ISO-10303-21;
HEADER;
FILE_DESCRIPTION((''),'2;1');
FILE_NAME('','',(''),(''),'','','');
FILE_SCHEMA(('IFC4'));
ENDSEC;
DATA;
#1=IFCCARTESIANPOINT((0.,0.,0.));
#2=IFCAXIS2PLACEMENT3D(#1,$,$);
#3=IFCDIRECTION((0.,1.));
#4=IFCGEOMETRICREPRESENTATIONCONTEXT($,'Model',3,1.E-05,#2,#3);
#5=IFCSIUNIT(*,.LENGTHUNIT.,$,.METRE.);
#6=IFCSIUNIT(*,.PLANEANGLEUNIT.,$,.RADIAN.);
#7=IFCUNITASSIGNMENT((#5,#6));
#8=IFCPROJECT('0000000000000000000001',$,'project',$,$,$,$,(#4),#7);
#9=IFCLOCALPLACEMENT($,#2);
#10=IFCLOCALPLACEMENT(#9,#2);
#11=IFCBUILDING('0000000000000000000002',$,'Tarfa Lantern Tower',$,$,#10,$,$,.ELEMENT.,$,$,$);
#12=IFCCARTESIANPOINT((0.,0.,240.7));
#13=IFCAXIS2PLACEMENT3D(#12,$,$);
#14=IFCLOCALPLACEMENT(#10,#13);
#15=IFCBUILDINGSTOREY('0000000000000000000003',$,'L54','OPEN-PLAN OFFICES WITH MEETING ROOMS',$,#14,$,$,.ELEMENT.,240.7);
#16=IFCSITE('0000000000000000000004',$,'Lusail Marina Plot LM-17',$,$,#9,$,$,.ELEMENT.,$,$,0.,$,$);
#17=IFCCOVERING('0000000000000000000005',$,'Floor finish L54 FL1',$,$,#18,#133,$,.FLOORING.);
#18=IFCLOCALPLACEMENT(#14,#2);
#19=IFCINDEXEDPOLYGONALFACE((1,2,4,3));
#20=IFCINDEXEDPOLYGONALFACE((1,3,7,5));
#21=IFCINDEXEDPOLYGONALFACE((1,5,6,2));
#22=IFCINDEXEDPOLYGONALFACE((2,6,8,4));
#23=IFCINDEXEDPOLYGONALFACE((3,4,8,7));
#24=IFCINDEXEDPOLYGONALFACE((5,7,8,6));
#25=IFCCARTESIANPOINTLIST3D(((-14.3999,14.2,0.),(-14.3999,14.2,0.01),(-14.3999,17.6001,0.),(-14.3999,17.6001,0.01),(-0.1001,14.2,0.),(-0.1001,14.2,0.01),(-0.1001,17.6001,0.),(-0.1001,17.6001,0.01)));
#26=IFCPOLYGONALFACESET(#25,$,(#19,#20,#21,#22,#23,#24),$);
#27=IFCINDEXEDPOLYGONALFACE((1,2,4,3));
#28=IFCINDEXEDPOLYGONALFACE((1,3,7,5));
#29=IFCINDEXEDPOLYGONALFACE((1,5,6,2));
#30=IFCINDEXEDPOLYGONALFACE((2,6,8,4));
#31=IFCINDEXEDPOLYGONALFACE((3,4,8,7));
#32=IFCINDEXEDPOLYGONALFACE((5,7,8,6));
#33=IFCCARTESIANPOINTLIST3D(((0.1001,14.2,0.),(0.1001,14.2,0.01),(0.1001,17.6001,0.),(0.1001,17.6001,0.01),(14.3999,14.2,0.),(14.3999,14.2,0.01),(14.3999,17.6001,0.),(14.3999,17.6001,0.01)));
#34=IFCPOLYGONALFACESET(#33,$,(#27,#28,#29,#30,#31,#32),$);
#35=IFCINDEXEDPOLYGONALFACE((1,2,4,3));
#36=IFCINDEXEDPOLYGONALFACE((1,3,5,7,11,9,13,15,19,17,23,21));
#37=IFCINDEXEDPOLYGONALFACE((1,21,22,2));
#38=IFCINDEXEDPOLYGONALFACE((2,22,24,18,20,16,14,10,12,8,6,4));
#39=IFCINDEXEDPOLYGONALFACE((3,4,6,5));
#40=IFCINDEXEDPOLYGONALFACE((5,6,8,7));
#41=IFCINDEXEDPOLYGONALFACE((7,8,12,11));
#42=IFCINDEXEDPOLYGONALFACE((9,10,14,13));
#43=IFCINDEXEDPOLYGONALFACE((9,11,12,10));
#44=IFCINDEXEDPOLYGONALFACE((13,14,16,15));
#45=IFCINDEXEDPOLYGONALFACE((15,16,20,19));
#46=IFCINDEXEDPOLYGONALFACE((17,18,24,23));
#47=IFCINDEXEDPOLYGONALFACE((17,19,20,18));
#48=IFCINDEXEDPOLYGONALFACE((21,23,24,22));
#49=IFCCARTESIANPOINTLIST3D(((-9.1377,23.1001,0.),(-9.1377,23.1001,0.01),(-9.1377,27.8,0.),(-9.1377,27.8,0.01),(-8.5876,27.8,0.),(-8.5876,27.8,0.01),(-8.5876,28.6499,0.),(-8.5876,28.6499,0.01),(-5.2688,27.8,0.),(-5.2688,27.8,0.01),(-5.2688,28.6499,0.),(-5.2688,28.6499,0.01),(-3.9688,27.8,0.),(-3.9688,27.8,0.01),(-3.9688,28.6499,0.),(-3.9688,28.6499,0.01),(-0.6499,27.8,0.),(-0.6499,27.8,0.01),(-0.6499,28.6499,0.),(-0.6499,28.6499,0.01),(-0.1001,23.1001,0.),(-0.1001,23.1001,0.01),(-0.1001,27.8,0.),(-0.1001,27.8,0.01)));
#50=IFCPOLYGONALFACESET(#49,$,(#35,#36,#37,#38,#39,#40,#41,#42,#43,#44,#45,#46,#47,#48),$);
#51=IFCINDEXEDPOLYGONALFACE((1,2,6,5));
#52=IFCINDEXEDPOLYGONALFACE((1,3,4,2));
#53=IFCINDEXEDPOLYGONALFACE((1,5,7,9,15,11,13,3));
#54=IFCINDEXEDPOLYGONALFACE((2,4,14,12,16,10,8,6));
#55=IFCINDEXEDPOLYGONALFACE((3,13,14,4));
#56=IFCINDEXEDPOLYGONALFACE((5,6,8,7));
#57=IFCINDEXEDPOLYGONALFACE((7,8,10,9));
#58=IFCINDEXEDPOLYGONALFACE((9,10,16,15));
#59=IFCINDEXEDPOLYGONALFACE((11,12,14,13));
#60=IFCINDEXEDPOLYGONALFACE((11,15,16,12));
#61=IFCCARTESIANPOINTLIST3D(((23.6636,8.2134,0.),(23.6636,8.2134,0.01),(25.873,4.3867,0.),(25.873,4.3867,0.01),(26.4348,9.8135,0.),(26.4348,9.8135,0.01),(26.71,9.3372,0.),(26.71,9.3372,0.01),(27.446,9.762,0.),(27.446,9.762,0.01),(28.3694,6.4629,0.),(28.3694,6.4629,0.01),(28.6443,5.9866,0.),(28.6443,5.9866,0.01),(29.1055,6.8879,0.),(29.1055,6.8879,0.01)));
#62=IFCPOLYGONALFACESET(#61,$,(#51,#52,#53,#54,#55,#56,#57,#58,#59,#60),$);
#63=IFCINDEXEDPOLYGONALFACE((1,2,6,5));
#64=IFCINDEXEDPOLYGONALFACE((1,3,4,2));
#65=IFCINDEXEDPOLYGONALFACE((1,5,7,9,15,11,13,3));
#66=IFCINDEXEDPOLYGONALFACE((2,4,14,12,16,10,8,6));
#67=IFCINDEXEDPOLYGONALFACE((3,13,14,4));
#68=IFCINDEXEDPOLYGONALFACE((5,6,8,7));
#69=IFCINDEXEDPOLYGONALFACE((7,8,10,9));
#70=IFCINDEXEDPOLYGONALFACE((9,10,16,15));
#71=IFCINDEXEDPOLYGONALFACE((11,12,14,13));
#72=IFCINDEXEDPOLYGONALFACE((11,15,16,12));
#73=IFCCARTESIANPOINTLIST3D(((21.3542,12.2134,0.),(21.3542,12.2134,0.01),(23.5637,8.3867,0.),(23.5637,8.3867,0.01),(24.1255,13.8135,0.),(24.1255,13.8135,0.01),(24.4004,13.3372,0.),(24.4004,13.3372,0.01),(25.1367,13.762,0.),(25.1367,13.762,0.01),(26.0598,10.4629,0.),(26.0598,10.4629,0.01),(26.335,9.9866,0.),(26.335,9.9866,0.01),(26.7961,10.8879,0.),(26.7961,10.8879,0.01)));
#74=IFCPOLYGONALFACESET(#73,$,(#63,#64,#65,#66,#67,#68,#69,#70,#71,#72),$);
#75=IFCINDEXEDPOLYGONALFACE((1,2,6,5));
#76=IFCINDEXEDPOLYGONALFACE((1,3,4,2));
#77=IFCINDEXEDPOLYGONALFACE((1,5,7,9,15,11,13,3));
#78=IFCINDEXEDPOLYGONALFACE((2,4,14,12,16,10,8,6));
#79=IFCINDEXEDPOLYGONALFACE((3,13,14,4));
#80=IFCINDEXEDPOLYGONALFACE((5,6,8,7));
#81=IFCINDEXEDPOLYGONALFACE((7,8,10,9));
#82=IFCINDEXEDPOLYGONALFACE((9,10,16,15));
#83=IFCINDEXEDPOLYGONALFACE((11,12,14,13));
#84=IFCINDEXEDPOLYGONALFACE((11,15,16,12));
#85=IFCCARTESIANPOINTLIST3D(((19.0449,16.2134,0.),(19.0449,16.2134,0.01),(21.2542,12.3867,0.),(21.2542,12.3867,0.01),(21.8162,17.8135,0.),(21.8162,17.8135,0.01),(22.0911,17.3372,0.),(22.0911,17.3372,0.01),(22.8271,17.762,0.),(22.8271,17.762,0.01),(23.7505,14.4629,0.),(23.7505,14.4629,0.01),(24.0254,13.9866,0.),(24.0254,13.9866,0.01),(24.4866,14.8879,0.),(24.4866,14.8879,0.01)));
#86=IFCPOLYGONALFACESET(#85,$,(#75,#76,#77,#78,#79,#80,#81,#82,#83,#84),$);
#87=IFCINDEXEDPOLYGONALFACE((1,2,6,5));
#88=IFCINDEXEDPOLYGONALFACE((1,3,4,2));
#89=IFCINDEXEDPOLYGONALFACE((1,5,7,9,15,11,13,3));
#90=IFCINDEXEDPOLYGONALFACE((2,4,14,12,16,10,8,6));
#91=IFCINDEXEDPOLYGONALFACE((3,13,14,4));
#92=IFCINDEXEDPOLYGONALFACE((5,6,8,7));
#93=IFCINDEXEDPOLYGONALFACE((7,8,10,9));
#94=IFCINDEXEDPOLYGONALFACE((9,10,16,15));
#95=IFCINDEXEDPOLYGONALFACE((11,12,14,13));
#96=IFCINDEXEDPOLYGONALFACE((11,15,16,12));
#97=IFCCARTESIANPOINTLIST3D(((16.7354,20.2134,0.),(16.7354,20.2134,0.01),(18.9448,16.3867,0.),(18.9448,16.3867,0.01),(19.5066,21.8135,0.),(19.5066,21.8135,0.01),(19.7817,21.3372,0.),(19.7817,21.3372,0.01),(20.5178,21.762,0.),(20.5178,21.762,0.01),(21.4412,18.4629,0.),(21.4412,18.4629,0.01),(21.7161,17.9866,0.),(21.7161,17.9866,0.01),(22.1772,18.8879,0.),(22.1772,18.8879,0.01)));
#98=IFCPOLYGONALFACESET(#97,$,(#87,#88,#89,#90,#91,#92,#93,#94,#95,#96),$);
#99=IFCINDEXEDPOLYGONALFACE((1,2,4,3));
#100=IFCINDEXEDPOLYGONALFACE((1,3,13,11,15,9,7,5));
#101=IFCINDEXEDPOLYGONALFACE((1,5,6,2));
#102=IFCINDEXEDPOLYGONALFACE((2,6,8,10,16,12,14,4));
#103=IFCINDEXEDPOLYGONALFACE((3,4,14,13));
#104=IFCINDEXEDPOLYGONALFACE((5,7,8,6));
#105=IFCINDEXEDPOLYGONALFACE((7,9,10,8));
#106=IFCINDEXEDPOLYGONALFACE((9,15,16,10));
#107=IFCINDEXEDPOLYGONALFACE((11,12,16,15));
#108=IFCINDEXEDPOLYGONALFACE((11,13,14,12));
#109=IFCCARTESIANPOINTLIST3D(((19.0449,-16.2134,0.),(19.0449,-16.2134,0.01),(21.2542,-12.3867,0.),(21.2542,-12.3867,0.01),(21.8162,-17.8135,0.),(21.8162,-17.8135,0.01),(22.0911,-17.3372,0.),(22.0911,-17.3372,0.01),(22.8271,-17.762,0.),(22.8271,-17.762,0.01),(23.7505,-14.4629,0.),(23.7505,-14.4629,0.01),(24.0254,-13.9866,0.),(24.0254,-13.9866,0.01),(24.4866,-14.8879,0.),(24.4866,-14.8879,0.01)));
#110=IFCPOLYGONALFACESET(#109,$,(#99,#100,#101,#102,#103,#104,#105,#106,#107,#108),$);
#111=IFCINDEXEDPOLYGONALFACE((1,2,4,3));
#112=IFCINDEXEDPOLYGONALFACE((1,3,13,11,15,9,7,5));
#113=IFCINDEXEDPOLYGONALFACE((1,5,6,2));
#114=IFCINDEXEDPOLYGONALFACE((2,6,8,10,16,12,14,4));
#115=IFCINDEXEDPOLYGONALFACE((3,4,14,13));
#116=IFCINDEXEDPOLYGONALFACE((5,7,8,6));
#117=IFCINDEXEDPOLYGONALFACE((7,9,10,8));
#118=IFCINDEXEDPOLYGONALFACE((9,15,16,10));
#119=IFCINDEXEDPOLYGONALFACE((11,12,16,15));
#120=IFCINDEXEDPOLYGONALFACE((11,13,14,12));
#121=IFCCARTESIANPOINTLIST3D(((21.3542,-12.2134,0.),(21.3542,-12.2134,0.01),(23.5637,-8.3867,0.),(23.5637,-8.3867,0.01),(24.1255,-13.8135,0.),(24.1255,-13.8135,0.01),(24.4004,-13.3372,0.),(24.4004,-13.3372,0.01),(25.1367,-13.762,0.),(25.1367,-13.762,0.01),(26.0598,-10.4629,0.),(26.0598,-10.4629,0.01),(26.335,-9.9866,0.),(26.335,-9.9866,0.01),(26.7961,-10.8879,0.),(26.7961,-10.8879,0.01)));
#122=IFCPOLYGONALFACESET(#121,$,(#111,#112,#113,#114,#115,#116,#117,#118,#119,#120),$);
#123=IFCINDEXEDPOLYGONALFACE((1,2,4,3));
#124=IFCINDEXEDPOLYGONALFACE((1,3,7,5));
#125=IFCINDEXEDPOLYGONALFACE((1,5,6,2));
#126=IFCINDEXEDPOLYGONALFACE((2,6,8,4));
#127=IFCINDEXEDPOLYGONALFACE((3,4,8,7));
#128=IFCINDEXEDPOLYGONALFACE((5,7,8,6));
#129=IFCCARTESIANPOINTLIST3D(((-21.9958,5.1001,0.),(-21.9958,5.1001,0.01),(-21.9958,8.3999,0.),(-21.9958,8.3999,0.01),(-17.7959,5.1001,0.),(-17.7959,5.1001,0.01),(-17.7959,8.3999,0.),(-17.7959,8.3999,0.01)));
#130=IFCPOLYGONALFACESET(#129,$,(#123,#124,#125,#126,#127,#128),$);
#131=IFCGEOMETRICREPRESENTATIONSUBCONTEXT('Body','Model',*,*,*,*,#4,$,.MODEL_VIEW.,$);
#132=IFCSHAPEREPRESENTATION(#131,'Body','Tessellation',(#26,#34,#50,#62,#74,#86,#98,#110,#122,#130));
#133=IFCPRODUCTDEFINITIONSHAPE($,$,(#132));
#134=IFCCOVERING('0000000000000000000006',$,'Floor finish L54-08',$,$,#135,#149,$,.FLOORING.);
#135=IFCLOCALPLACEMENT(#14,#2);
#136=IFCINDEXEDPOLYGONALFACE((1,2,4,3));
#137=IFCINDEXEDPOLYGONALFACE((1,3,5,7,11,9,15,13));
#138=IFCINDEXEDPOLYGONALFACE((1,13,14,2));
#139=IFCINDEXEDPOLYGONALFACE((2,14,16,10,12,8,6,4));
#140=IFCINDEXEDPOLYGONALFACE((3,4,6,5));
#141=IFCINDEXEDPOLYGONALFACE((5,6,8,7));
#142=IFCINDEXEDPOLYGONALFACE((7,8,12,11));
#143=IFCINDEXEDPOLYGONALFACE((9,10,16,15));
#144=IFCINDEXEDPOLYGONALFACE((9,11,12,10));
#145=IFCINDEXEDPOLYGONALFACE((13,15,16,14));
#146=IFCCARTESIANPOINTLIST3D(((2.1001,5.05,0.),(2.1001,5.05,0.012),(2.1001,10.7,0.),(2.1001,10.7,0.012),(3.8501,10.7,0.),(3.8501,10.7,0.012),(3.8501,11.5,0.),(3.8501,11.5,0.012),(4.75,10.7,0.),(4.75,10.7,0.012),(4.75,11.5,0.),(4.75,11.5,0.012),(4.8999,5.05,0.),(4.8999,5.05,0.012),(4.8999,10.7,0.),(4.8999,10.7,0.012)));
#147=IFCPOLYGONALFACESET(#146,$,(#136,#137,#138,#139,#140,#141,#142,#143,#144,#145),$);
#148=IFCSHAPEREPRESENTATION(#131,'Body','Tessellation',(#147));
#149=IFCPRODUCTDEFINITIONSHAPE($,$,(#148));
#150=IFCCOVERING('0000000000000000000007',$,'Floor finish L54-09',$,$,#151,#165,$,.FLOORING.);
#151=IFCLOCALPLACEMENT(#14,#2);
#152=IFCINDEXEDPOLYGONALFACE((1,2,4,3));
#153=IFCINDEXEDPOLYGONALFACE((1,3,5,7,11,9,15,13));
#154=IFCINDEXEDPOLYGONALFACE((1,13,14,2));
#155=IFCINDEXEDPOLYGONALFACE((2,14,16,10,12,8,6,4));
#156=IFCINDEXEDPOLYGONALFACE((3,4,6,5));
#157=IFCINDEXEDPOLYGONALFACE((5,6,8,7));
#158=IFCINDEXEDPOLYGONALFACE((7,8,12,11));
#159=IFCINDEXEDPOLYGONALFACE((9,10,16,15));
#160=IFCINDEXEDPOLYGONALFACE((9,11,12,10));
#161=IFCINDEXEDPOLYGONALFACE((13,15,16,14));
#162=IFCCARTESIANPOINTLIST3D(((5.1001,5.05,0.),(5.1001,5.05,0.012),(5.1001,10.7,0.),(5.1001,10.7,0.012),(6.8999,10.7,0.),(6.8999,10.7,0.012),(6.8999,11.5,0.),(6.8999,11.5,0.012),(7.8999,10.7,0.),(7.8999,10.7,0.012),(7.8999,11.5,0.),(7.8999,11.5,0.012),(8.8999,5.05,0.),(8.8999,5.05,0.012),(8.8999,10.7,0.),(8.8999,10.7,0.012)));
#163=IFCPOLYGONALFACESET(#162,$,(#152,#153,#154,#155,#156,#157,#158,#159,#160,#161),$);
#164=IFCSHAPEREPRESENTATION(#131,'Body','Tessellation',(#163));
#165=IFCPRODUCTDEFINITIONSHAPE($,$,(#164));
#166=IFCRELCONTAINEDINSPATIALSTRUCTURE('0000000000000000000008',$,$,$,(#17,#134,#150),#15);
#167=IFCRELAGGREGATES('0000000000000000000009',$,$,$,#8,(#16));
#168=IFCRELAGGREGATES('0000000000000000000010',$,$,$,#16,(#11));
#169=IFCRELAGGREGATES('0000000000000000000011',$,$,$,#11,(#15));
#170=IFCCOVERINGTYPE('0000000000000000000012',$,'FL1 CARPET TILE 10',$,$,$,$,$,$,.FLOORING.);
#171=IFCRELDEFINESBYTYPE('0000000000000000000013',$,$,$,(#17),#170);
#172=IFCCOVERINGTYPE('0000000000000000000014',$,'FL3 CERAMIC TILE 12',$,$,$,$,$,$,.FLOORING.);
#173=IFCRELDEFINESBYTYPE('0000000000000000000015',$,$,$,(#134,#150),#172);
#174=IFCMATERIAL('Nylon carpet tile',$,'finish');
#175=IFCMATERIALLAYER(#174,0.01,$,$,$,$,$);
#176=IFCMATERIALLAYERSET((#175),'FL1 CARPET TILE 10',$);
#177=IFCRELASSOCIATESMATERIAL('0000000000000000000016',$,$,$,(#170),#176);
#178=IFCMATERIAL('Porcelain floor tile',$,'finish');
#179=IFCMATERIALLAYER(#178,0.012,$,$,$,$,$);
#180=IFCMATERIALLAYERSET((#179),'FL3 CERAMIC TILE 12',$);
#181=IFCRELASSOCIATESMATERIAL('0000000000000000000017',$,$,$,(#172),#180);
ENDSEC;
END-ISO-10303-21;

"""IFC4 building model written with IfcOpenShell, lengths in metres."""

from ifc_helpers import new_model, si_unit, direction, frame, origin, place, context, subcontext, project, spatial, polyline, outline, extrude, material, layer, layer_set, type_object, element, save


model = new_model("IFC4")

# Units and contexts
model_context = context("Model", 3, precision=1e-05, world=origin(), true_north=direction((0.0, 1.0)))
body_context = subcontext(model_context, "Body", "Model", "MODEL_VIEW")
ifc_project = project(units=[si_unit("LENGTHUNIT", "METRE"), si_unit("PLANEANGLEUNIT", "RADIAN")], contexts=[model_context])

# Site, building, storey
site_placement = place(None, origin())
site = spatial("IfcSite", under=ifc_project, at=site_placement, Name="Lusail Marina Plot LM-17", CompositionType="ELEMENT", RefElevation=0.0)
building_placement = place(site_placement, origin())
building = spatial("IfcBuilding", under=site, at=building_placement, Name="Tarfa Lantern Tower", CompositionType="ELEMENT")
storey_placement = place(building_placement, frame((0.0, 0.0, 240.7)))
storey = spatial("IfcBuildingStorey", under=building, at=storey_placement, Name="L54", Description="OPEN-PLAN OFFICES WITH MEETING ROOMS", CompositionType="ELEMENT", Elevation=240.7)

# Coverings
ifc_material_1 = material(Name="Nylon carpet tile", Category="finish")
ifc_layer_1 = layer(ifc_material_1, 0.01)
ifc_layer_set_1 = layer_set([ifc_layer_1], Name="FL1 CARPET TILE 10")
covering_type_1 = type_object("IfcCoveringType", Name="FL1 CARPET TILE 10", PredefinedType="FLOORING", material=ifc_layer_set_1)
covering_1_placement = place(storey_placement, origin())
element("IfcCovering", 1, at=covering_1_placement, inside=storey, type_object=covering_type_1, Name="Floor finish L54 FL1", PredefinedType="FLOORING", context=body_context, shape_type="SweptSolid", body=[
    extrude(outline(polyline([(-14.3999, 17.6001), (-0.1001, 17.6001), (-0.1001, 14.2), (-14.3999, 14.2), (-14.3999, 17.6001)])), origin(), (0.0, 0.0, 1.0), 0.01),
    extrude(outline(polyline([(0.1001, 17.6001), (14.3999, 17.6001), (14.3999, 14.2), (0.1001, 14.2), (0.1001, 17.6001)])), origin(), (0.0, 0.0, 1.0), 0.01),
    extrude(outline(polyline([(-0.1001, 23.1001), (-9.1377, 23.1001), (-9.1377, 27.8), (-8.5876, 27.8), (-8.5876, 28.6499), (-5.2688, 28.6499), (-5.2688, 27.8), (-3.9688, 27.8), (-3.9688, 28.6499), (-0.6499, 28.6499), (-0.6499, 27.8), (-0.1001, 27.8), (-0.1001, 23.1001)])), origin(), (0.0, 0.0, 1.0), 0.01),
    extrude(outline(polyline([(23.6636, 8.2134), (26.4348, 9.8135), (26.71, 9.3372), (27.446, 9.762), (29.1055, 6.8879), (28.3694, 6.4629), (28.6443, 5.9866), (25.873, 4.3867), (23.6636, 8.2134)])), origin(), (0.0, 0.0, 1.0), 0.01),
    extrude(outline(polyline([(21.3542, 12.2134), (24.1255, 13.8135), (24.4004, 13.3372), (25.1367, 13.762), (26.7961, 10.8879), (26.0598, 10.4629), (26.335, 9.9866), (23.5637, 8.3867), (21.3542, 12.2134)])), origin(), (0.0, 0.0, 1.0), 0.01),
    extrude(outline(polyline([(19.0449, 16.2134), (21.8162, 17.8135), (22.0911, 17.3372), (22.8271, 17.762), (24.4866, 14.8879), (23.7505, 14.4629), (24.0254, 13.9866), (21.2542, 12.3867), (19.0449, 16.2134)])), origin(), (0.0, 0.0, 1.0), 0.01),
    extrude(outline(polyline([(16.7354, 20.2134), (19.5066, 21.8135), (19.7817, 21.3372), (20.5178, 21.762), (22.1772, 18.8879), (21.4412, 18.4629), (21.7161, 17.9866), (18.9448, 16.3867), (16.7354, 20.2134)])), origin(), (0.0, 0.0, 1.0), 0.01),
    extrude(outline(polyline([(21.2542, -12.3867), (24.0254, -13.9866), (23.7505, -14.4629), (24.4866, -14.8879), (22.8271, -17.762), (22.0911, -17.3372), (21.8162, -17.8135), (19.0449, -16.2134), (21.2542, -12.3867)])), origin(), (0.0, 0.0, 1.0), 0.01),
    extrude(outline(polyline([(23.5637, -8.3867), (26.335, -9.9866), (26.0598, -10.4629), (26.7961, -10.8879), (25.1367, -13.762), (24.4004, -13.3372), (24.1255, -13.8135), (21.3542, -12.2134), (23.5637, -8.3867)])), origin(), (0.0, 0.0, 1.0), 0.01),
    extrude(outline(polyline([(-21.9958, 8.3999), (-17.7959, 8.3999), (-17.7959, 5.1001), (-21.9958, 5.1001), (-21.9958, 8.3999)])), origin(), (0.0, 0.0, 1.0), 0.01),
])
ifc_material_2 = material(Name="Porcelain floor tile", Category="finish")
ifc_layer_2 = layer(ifc_material_2, 0.012)
ifc_layer_set_2 = layer_set([ifc_layer_2], Name="FL3 CERAMIC TILE 12")
covering_type_2 = type_object("IfcCoveringType", Name="FL3 CERAMIC TILE 12", PredefinedType="FLOORING", material=ifc_layer_set_2)
covering_2_placement = place(storey_placement, origin())
element("IfcCovering", 2, at=covering_2_placement, inside=storey, type_object=covering_type_2, Name="Floor finish L54-08", PredefinedType="FLOORING", context=body_context, shape_type="SweptSolid", body=[
    extrude(outline(polyline([(2.1001, 5.05), (4.8999, 5.05), (4.8999, 10.7), (4.75, 10.7), (4.75, 11.5), (3.8501, 11.5), (3.8501, 10.7), (2.1001, 10.7), (2.1001, 5.05)])), origin(), (0.0, 0.0, 1.0), 0.012),
])
covering_3_placement = place(storey_placement, origin())
element("IfcCovering", 3, at=covering_3_placement, inside=storey, type_object=covering_type_2, Name="Floor finish L54-09", PredefinedType="FLOORING", context=body_context, shape_type="SweptSolid", body=[
    extrude(outline(polyline([(5.1001, 5.05), (8.8999, 5.05), (8.8999, 10.7), (7.8999, 10.7), (7.8999, 11.5), (6.8999, 11.5), (6.8999, 10.7), (5.1001, 10.7), (5.1001, 5.05)])), origin(), (0.0, 0.0, 1.0), 0.012),
])

save(model, "model.ifc")
